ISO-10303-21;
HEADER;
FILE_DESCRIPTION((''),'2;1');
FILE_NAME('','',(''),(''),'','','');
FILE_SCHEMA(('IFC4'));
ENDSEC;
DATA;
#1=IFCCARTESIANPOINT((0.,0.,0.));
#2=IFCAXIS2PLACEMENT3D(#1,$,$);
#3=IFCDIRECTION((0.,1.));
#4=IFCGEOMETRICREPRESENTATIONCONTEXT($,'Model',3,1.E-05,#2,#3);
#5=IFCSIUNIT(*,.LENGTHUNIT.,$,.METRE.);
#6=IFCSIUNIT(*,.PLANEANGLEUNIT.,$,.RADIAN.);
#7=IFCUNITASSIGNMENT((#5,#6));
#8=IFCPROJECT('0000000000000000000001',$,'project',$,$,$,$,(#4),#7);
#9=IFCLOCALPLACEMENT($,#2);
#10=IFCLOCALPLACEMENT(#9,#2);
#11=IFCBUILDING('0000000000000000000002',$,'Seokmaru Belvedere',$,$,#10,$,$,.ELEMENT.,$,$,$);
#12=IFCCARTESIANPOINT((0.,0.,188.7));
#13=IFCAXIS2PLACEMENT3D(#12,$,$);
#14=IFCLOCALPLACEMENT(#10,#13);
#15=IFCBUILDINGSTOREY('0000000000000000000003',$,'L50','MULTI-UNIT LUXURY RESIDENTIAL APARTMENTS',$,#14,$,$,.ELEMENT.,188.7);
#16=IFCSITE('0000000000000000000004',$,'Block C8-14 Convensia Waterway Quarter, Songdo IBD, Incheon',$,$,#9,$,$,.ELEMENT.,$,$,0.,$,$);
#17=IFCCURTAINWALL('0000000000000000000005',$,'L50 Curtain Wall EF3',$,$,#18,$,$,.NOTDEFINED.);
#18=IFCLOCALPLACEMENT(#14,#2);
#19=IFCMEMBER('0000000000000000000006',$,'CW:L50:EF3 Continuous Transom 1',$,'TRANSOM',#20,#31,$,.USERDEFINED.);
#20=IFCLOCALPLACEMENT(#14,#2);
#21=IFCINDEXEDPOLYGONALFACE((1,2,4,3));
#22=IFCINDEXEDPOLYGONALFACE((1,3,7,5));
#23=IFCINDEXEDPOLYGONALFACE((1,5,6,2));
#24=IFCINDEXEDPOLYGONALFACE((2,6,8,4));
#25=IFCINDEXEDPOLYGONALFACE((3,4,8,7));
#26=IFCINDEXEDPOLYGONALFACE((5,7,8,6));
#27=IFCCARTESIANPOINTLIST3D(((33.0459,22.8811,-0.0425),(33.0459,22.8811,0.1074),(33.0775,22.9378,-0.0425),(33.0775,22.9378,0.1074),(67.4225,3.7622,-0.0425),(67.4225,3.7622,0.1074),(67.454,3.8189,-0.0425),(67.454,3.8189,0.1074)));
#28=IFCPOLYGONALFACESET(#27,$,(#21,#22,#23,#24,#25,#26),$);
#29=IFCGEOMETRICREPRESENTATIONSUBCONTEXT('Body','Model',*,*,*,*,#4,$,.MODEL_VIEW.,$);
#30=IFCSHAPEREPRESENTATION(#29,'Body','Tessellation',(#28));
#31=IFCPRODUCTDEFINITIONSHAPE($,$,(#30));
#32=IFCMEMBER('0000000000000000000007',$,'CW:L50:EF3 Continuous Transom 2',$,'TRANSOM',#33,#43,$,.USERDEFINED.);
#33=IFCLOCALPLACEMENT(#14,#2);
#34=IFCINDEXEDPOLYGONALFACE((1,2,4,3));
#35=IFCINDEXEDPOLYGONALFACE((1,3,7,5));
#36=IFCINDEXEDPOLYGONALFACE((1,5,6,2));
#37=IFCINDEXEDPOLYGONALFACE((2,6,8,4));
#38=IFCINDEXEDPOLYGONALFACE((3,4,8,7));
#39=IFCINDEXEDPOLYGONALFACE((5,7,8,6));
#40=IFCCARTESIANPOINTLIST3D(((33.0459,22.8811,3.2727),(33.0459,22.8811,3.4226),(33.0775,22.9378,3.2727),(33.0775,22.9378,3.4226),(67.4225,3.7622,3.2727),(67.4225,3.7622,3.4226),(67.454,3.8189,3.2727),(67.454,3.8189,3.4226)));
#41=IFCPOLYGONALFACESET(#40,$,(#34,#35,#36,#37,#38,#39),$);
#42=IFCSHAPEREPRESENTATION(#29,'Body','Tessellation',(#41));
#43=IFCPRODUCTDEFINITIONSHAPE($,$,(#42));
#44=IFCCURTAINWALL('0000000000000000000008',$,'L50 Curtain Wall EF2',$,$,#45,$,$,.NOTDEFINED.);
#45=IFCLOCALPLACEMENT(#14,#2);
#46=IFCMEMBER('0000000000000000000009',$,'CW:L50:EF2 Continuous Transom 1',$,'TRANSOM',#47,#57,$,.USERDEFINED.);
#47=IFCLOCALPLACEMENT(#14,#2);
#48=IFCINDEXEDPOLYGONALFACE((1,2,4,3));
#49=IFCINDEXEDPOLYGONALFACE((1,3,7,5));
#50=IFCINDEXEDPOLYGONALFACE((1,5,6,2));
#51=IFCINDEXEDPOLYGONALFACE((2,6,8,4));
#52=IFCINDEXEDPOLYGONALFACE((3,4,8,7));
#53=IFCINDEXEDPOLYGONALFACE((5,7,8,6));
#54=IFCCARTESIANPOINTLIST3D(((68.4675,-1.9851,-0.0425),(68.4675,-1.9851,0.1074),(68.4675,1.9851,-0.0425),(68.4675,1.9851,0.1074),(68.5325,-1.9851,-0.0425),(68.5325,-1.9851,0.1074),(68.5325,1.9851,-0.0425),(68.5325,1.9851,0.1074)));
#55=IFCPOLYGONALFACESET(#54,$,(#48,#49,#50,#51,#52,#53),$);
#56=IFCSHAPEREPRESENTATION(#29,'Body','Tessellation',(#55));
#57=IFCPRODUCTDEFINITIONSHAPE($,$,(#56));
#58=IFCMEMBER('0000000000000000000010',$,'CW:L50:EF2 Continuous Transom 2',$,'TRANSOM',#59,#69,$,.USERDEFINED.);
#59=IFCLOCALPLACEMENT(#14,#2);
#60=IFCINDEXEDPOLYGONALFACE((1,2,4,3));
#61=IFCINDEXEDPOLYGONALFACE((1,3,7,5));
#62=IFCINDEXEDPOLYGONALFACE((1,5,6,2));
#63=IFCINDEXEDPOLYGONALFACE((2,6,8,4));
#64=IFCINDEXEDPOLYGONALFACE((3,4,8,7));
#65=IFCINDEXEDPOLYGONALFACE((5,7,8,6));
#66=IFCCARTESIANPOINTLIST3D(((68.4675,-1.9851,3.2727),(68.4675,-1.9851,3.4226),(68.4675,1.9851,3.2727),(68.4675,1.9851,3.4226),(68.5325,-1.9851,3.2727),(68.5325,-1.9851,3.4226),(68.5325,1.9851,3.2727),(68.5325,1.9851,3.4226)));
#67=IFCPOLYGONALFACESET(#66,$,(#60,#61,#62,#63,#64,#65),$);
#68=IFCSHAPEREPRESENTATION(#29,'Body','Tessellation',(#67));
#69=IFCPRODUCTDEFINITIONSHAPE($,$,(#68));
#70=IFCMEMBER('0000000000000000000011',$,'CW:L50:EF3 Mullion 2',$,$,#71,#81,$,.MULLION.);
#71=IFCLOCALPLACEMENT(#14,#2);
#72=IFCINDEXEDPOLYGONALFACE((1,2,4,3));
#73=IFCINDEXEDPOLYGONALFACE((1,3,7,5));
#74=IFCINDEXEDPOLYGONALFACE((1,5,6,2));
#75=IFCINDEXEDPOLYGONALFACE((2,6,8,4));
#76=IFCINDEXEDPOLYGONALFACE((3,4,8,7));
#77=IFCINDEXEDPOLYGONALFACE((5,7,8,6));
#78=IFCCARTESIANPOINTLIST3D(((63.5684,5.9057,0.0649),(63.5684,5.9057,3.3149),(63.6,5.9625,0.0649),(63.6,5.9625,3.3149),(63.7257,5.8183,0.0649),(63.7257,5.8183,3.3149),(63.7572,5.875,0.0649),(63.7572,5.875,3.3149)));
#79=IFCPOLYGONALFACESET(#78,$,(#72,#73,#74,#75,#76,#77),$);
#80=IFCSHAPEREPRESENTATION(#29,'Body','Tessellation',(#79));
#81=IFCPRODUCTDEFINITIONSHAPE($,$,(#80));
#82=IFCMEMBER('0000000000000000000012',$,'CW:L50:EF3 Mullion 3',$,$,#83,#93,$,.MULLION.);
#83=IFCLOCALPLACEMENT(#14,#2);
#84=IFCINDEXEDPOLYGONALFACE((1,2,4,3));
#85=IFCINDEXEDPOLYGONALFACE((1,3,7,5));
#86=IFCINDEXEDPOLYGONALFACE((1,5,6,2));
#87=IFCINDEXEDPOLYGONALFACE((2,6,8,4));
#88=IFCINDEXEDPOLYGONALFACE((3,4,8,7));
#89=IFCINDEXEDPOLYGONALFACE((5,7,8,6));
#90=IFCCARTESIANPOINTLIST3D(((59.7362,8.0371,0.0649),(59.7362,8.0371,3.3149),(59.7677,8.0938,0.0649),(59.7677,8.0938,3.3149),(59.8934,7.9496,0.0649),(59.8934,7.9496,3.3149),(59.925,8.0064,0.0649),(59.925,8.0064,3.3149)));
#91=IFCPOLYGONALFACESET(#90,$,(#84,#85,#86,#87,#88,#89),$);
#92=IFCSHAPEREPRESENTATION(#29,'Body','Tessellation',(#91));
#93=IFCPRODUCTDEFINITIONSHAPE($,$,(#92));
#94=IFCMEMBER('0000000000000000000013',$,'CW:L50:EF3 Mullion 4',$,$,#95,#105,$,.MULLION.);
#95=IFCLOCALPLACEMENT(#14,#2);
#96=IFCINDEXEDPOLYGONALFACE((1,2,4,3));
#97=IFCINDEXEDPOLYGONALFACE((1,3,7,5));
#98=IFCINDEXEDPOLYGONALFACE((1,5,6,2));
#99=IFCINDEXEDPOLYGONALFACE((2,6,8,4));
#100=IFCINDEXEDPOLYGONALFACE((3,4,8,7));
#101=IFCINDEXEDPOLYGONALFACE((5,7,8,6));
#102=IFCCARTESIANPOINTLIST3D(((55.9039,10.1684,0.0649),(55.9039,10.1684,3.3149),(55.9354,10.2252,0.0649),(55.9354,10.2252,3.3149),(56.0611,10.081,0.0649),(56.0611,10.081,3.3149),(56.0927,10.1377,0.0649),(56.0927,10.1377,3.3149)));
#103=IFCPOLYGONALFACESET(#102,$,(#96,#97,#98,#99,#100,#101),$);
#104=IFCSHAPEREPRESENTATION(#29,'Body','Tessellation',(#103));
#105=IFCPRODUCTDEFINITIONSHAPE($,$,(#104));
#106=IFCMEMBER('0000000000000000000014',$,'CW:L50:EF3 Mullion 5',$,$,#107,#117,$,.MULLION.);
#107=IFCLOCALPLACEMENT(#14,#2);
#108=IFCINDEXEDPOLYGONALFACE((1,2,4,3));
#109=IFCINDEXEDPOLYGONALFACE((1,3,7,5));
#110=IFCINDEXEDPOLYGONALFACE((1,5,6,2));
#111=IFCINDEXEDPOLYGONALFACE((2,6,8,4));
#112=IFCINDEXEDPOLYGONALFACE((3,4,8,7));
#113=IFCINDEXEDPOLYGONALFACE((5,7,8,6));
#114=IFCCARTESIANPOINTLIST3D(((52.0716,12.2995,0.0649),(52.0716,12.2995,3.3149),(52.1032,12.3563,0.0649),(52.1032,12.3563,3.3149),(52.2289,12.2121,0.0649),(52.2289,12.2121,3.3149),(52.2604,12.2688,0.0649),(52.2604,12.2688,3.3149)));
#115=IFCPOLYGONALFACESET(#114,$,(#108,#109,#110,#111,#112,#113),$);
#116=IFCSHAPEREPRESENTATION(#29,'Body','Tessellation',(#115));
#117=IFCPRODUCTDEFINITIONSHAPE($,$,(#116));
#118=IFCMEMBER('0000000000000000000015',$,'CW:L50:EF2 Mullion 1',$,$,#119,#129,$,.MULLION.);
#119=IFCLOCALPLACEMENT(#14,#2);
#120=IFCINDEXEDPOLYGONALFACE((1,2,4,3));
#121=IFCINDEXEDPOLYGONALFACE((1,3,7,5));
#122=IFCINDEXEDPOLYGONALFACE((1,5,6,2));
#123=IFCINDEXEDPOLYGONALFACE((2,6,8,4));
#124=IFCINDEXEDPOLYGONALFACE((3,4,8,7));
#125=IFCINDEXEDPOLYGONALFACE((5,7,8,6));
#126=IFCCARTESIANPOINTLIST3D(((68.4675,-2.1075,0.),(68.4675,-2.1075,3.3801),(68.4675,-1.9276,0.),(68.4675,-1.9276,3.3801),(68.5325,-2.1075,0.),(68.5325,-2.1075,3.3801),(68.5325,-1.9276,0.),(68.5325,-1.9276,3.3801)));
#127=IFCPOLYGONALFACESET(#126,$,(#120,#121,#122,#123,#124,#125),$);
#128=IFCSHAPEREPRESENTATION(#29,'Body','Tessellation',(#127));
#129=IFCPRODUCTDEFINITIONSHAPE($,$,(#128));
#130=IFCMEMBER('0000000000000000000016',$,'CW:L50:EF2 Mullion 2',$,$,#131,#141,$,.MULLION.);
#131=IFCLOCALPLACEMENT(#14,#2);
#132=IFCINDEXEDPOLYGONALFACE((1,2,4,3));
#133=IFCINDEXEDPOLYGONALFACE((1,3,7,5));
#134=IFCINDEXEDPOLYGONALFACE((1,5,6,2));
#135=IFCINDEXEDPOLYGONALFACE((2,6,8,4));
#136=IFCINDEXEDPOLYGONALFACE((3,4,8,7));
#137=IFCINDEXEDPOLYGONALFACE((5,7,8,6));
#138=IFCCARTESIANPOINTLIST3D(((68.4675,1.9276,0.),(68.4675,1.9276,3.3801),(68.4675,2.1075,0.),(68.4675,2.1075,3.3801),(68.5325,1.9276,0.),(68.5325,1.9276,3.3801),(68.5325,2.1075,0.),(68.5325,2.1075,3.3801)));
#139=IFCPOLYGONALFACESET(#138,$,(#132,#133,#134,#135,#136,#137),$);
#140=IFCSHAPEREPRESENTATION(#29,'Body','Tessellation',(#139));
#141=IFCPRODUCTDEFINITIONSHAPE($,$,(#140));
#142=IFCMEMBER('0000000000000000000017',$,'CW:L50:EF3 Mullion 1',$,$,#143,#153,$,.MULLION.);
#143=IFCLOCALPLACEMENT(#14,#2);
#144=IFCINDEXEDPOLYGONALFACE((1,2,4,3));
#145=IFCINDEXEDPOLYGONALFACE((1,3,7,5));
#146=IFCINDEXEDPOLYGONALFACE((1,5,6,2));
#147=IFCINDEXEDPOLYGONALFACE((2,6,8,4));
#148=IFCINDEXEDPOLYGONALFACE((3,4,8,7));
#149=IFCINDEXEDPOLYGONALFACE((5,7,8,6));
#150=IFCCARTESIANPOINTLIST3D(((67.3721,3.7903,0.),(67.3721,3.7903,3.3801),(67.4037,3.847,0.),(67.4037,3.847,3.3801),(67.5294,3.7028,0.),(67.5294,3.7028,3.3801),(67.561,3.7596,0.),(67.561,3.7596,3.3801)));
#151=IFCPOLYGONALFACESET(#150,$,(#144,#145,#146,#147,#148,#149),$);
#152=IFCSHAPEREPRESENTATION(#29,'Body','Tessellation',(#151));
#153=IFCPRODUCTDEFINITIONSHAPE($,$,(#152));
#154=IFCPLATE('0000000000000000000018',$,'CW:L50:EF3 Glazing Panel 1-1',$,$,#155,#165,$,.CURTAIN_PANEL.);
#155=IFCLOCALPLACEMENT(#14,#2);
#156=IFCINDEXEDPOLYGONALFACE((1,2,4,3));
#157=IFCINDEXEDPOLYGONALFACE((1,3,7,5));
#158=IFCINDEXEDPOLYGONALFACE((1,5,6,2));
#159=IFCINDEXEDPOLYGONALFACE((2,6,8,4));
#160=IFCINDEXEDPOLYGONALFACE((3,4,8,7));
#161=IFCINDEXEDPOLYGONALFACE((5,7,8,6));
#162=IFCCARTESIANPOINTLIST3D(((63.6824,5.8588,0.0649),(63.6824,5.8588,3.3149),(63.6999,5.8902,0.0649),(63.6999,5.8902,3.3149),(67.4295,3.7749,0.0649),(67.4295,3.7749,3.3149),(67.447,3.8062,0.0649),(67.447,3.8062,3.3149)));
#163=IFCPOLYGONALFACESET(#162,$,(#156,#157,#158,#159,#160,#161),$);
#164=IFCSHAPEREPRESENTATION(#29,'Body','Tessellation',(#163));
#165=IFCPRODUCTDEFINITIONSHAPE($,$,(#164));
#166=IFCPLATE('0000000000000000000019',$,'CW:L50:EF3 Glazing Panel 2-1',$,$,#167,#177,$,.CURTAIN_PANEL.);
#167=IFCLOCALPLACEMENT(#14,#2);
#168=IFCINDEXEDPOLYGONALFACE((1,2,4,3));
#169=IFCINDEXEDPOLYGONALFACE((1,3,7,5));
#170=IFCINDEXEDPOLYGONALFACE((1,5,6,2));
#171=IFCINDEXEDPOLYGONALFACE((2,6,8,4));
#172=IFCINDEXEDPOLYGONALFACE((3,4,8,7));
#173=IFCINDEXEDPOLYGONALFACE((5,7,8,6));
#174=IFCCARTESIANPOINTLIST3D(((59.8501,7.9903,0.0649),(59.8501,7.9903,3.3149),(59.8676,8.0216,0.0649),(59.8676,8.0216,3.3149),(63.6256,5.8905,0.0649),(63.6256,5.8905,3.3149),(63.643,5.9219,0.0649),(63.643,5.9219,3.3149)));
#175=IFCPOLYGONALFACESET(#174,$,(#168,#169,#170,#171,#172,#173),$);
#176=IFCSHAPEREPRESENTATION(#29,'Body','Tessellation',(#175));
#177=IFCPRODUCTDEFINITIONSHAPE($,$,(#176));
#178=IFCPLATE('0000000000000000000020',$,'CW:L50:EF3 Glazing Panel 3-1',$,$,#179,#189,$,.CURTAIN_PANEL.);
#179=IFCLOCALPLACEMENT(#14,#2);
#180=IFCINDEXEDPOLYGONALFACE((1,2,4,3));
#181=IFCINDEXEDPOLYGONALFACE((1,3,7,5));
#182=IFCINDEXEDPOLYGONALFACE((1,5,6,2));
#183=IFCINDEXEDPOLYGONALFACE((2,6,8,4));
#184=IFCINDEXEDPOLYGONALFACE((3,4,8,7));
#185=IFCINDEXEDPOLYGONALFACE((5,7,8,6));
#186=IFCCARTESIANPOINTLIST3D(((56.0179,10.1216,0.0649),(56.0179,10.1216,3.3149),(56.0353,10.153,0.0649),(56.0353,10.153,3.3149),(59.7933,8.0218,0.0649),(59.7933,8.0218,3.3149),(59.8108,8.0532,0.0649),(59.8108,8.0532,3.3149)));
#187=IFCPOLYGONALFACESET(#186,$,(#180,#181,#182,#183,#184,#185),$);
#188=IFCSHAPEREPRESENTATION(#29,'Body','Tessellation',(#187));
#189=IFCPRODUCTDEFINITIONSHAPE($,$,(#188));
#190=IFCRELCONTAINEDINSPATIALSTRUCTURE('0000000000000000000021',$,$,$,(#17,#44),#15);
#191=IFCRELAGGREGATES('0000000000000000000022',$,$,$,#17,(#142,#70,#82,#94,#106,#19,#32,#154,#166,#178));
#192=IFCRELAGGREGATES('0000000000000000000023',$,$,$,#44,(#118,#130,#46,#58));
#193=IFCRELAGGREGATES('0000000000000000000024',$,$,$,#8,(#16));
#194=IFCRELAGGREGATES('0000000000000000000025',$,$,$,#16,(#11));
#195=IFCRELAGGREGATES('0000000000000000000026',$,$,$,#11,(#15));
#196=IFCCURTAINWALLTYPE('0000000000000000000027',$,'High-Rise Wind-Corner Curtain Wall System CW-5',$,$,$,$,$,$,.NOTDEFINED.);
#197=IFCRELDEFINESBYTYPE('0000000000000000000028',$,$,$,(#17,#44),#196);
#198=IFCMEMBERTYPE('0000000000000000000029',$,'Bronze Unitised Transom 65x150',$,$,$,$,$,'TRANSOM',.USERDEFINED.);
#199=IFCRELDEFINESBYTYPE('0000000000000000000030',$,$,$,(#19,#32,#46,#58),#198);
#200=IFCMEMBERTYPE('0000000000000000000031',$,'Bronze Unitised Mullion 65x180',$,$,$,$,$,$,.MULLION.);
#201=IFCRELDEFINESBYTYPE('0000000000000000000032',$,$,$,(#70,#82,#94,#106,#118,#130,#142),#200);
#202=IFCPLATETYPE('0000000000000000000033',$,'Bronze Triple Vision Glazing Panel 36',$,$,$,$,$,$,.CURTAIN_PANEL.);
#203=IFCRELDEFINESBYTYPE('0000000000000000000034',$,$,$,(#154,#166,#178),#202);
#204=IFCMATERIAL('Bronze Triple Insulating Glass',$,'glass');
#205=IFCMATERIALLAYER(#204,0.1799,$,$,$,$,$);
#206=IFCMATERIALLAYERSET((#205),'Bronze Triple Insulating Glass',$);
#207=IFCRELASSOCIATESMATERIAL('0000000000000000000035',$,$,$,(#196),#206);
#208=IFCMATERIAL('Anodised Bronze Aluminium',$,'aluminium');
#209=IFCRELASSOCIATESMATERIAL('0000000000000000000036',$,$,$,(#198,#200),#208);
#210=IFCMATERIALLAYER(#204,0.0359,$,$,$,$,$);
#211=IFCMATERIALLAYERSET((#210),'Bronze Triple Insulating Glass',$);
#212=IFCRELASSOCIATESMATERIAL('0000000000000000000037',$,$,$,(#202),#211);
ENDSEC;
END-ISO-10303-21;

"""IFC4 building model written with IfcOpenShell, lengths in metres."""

from ifc_helpers import new_model, si_unit, direction, frame, origin, origin_2d, place, context, subcontext, project, spatial, rectangle, extrude, source, transform, mapped, material, layer, layer_set, material_profile, profile_set, type_object, type_shapes, element, aggregate, save


model = new_model("IFC4")

# Units and contexts
model_context = context("Model", 3, precision=1e-05, world=origin(), true_north=direction((0.0, 1.0)))
body_context = subcontext(model_context, "Body", "Model", "MODEL_VIEW")
ifc_project = project(units=[si_unit("LENGTHUNIT", "METRE"), si_unit("PLANEANGLEUNIT", "RADIAN")], contexts=[model_context])

# Site, building, storey
site_placement = place(None, origin())
site = spatial("IfcSite", under=ifc_project, at=site_placement, Name="Block C8-14 Convensia Waterway Quarter, Songdo IBD, Incheon", CompositionType="ELEMENT", RefElevation=0.0)
building_placement = place(site_placement, origin())
building = spatial("IfcBuilding", under=site, at=building_placement, Name="Seokmaru Belvedere", CompositionType="ELEMENT")
storey_placement = place(building_placement, frame((0.0, 0.0, 188.7)))
storey = spatial("IfcBuildingStorey", under=building, at=storey_placement, Name="L50", Description="MULTI-UNIT LUXURY RESIDENTIAL APARTMENTS", CompositionType="ELEMENT", Elevation=188.7)

# Curtain walls, members
ifc_material_1 = material(Name="Bronze Triple Insulating Glass", Category="glass")
ifc_layer_1 = layer(ifc_material_1, 0.1799)
ifc_layer_set_1 = layer_set([ifc_layer_1], Name="Bronze Triple Insulating Glass")
curtain_wall_type = type_object("IfcCurtainWallType", Name="High-Rise Wind-Corner Curtain Wall System CW-5", PredefinedType="NOTDEFINED", material=ifc_layer_set_1)
curtain_wall_1_placement = place(storey_placement, origin())
curtain_wall_1 = element("IfcCurtainWall", 1, at=curtain_wall_1_placement, inside=storey, type_object=curtain_wall_type, Name="L50 Curtain Wall EF3", PredefinedType="NOTDEFINED")
ifc_material_2 = material(Name="Anodised Bronze Aluminium", Category="aluminium")
ifc_material_profile_1 = material_profile(ifc_material_2, rectangle(XDim=0.0649, YDim=0.1499, at=origin_2d()), Name="CW-T-65x150")
ifc_profile_set_1 = profile_set([ifc_material_profile_1], Name="Anodised Bronze Aluminium")
member_type_1 = type_object("IfcMemberType", Name="Bronze Unitised Transom 65x150", ElementType="TRANSOM", PredefinedType="USERDEFINED", material=ifc_profile_set_1)
shared_shape_1 = source(origin(), body_context, "Body", "SweptSolid", [
    extrude(rectangle(XDim=0.0649, YDim=0.1499, at=origin_2d()), origin(), (0.0, 0.0, 1.0), 39.3354),
])
member_1_placement = place(storey_placement, frame((67.4382, 3.7905, 0.0325), z_axis=(-0.873932, 0.486048, 0.0), x_axis=(-0.486048, -0.873932, 0.0)))
member_1 = element("IfcMember", 2, at=member_1_placement, type_object=member_type_1, Name="CW:L50:EF3 Continuous Transom 1", ObjectType="TRANSOM", PredefinedType="USERDEFINED", context=body_context, shape_type="MappedRepresentation", body=[
    mapped(shared_shape_1, transform((0.0, 0.0, 0.0), scale=1.0)),
])
member_2_placement = place(storey_placement, frame((67.4382, 3.7905, 3.3477), z_axis=(-0.873932, 0.486048, 0.0), x_axis=(-0.486048, -0.873932, 0.0)))
member_2 = element("IfcMember", 3, at=member_2_placement, type_object=member_type_1, Name="CW:L50:EF3 Continuous Transom 2", ObjectType="TRANSOM", PredefinedType="USERDEFINED", context=body_context, shape_type="MappedRepresentation", body=[
    mapped(shared_shape_1, transform((0.0, 0.0, 0.0), scale=1.0)),
])
curtain_wall_2_placement = place(storey_placement, origin())
curtain_wall_2 = element("IfcCurtainWall", 4, at=curtain_wall_2_placement, inside=storey, type_object=curtain_wall_type, Name="L50 Curtain Wall EF2", PredefinedType="NOTDEFINED")
shared_shape_2 = source(origin(), body_context, "Body", "SweptSolid", [
    extrude(rectangle(XDim=0.0649, YDim=0.1499, at=origin_2d()), origin(), (0.0, 0.0, 1.0), 3.9702),
])
type_shapes(member_type_1, [shared_shape_1, shared_shape_2])
member_3_placement = place(storey_placement, frame((68.5, -1.9851, 0.0325), z_axis=(0.0, 1.0, 0.0), x_axis=(-1.0, 0.0, 0.0)))
member_3 = element("IfcMember", 5, at=member_3_placement, type_object=member_type_1, Name="CW:L50:EF2 Continuous Transom 1", ObjectType="TRANSOM", PredefinedType="USERDEFINED", context=body_context, shape_type="MappedRepresentation", body=[
    mapped(shared_shape_2, transform((0.0, 0.0, 0.0), scale=1.0)),
])
member_4_placement = place(storey_placement, frame((68.5, -1.9851, 3.3477), z_axis=(0.0, 1.0, 0.0), x_axis=(-1.0, 0.0, 0.0)))
member_4 = element("IfcMember", 6, at=member_4_placement, type_object=member_type_1, Name="CW:L50:EF2 Continuous Transom 2", ObjectType="TRANSOM", PredefinedType="USERDEFINED", context=body_context, shape_type="MappedRepresentation", body=[
    mapped(shared_shape_2, transform((0.0, 0.0, 0.0), scale=1.0)),
])

# Members
ifc_material_profile_2 = material_profile(ifc_material_2, rectangle(XDim=0.0649, YDim=0.1799, at=origin_2d()), Name="CW-M-65x180")
ifc_profile_set_2 = profile_set([ifc_material_profile_2], Name="Anodised Bronze Aluminium")
member_type_2 = type_object("IfcMemberType", Name="Bronze Unitised Mullion 65x180", PredefinedType="MULLION", material=ifc_profile_set_2)
shared_shape_3 = source(origin(), body_context, "Body", "SweptSolid", [
    extrude(rectangle(XDim=0.0649, YDim=0.1799, at=origin_2d()), origin(), (0.0, 0.0, 1.0), 3.25),
])
member_5_placement = place(storey_placement, frame((63.6628, 5.8904, 0.0649), z_axis=(0.0, 0.0, 1.0), x_axis=(-0.486047, -0.873933, 0.0)))
member_5 = element("IfcMember", 7, at=member_5_placement, type_object=member_type_2, Name="CW:L50:EF3 Mullion 2", PredefinedType="MULLION", context=body_context, shape_type="MappedRepresentation", body=[
    mapped(shared_shape_3, transform((0.0, 0.0, 0.0), scale=1.0)),
])
member_6_placement = place(storey_placement, frame((59.8306, 8.0217, 0.0649), z_axis=(0.0, 0.0, 1.0), x_axis=(-0.486047, -0.873933, 0.0)))
member_6 = element("IfcMember", 8, at=member_6_placement, type_object=member_type_2, Name="CW:L50:EF3 Mullion 3", PredefinedType="MULLION", context=body_context, shape_type="MappedRepresentation", body=[
    mapped(shared_shape_3, transform((0.0, 0.0, 0.0), scale=1.0)),
])
member_7_placement = place(storey_placement, frame((55.9983, 10.1531, 0.0649), z_axis=(0.0, 0.0, 1.0), x_axis=(-0.486047, -0.873933, 0.0)))
member_7 = element("IfcMember", 9, at=member_7_placement, type_object=member_type_2, Name="CW:L50:EF3 Mullion 4", PredefinedType="MULLION", context=body_context, shape_type="MappedRepresentation", body=[
    mapped(shared_shape_3, transform((0.0, 0.0, 0.0), scale=1.0)),
])
member_8_placement = place(storey_placement, frame((52.166, 12.2842, 0.0649), z_axis=(0.0, 0.0, 1.0), x_axis=(-0.486047, -0.873933, 0.0)))
member_8 = element("IfcMember", 10, at=member_8_placement, type_object=member_type_2, Name="CW:L50:EF3 Mullion 5", PredefinedType="MULLION", context=body_context, shape_type="MappedRepresentation", body=[
    mapped(shared_shape_3, transform((0.0, 0.0, 0.0), scale=1.0)),
])
shared_shape_4 = source(origin(), body_context, "Body", "SweptSolid", [
    extrude(rectangle(XDim=0.0649, YDim=0.1799, at=origin_2d()), origin(), (0.0, 0.0, 1.0), 3.3801),
])
type_shapes(member_type_2, [shared_shape_3, shared_shape_4])
member_9_placement = place(storey_placement, frame((68.5, -2.0176, 0.0), z_axis=(0.0, 0.0, 1.0), x_axis=(-1.0, 0.0, 0.0)))
member_9 = element("IfcMember", 11, at=member_9_placement, type_object=member_type_2, Name="CW:L50:EF2 Mullion 1", PredefinedType="MULLION", context=body_context, shape_type="MappedRepresentation", body=[
    mapped(shared_shape_4, transform((0.0, 0.0, 0.0), scale=1.0)),
])
member_10_placement = place(storey_placement, frame((68.5, 2.0176, 0.0), z_axis=(0.0, 0.0, 1.0), x_axis=(-1.0, 0.0, 0.0)))
member_10 = element("IfcMember", 12, at=member_10_placement, type_object=member_type_2, Name="CW:L50:EF2 Mullion 2", PredefinedType="MULLION", context=body_context, shape_type="MappedRepresentation", body=[
    mapped(shared_shape_4, transform((0.0, 0.0, 0.0), scale=1.0)),
])
member_11_placement = place(storey_placement, frame((67.4666, 3.7749, 0.0), z_axis=(0.0, 0.0, 1.0), x_axis=(-0.486047, -0.873933, 0.0)))
member_11 = element("IfcMember", 13, at=member_11_placement, type_object=member_type_2, Name="CW:L50:EF3 Mullion 1", PredefinedType="MULLION", context=body_context, shape_type="MappedRepresentation", body=[
    mapped(shared_shape_4, transform((0.0, 0.0, 0.0), scale=1.0)),
])

# Plates
ifc_layer_2 = layer(ifc_material_1, 0.0359)
ifc_layer_set_2 = layer_set([ifc_layer_2], Name="Bronze Triple Insulating Glass")
plate_type = type_object("IfcPlateType", Name="Bronze Triple Vision Glazing Panel 36", PredefinedType="CURTAIN_PANEL", material=ifc_layer_set_2)
shared_shape_5 = source(origin(), body_context, "Body", "SweptSolid", [
    extrude(rectangle(XDim=4.2876, YDim=0.0359, at=origin_2d()), origin(), (0.0, 0.0, 1.0), 3.25),
])
plate_1_placement = place(storey_placement, frame((65.5647, 4.8325, 0.0649), z_axis=(0.0, 0.0, 1.0), x_axis=(-0.873933, 0.486047, 0.0)))
plate_1 = element("IfcPlate", 14, at=plate_1_placement, type_object=plate_type, Name="CW:L50:EF3 Glazing Panel 1-1", PredefinedType="CURTAIN_PANEL", context=body_context, shape_type="MappedRepresentation", body=[
    mapped(shared_shape_5, transform((0.0, 0.0, 0.0), scale=1.0)),
])
shared_shape_6 = source(origin(), body_context, "Body", "SweptSolid", [
    extrude(rectangle(XDim=4.3201, YDim=0.0359, at=origin_2d()), origin(), (0.0, 0.0, 1.0), 3.25),
])
plate_2_placement = place(storey_placement, frame((61.7466, 6.9561, 0.0649), z_axis=(0.0, 0.0, 1.0), x_axis=(-0.873933, 0.486047, 0.0)))
plate_2 = element("IfcPlate", 15, at=plate_2_placement, type_object=plate_type, Name="CW:L50:EF3 Glazing Panel 2-1", PredefinedType="CURTAIN_PANEL", context=body_context, shape_type="MappedRepresentation", body=[
    mapped(shared_shape_6, transform((0.0, 0.0, 0.0), scale=1.0)),
])
plate_3_placement = place(storey_placement, frame((57.9143, 9.0874, 0.0649), z_axis=(0.0, 0.0, 1.0), x_axis=(-0.873933, 0.486047, 0.0)))
plate_3 = element("IfcPlate", 16, at=plate_3_placement, type_object=plate_type, Name="CW:L50:EF3 Glazing Panel 3-1", PredefinedType="CURTAIN_PANEL", context=body_context, shape_type="MappedRepresentation", body=[
    mapped(shared_shape_6, transform((0.0, 0.0, 0.0), scale=1.0)),
])
aggregate(curtain_wall_1, [member_11, member_5, member_6, member_7, member_8, member_1, member_2, plate_1, plate_2, plate_3])
aggregate(curtain_wall_2, [member_9, member_10, member_3, member_4])

save(model, "model.ifc")
